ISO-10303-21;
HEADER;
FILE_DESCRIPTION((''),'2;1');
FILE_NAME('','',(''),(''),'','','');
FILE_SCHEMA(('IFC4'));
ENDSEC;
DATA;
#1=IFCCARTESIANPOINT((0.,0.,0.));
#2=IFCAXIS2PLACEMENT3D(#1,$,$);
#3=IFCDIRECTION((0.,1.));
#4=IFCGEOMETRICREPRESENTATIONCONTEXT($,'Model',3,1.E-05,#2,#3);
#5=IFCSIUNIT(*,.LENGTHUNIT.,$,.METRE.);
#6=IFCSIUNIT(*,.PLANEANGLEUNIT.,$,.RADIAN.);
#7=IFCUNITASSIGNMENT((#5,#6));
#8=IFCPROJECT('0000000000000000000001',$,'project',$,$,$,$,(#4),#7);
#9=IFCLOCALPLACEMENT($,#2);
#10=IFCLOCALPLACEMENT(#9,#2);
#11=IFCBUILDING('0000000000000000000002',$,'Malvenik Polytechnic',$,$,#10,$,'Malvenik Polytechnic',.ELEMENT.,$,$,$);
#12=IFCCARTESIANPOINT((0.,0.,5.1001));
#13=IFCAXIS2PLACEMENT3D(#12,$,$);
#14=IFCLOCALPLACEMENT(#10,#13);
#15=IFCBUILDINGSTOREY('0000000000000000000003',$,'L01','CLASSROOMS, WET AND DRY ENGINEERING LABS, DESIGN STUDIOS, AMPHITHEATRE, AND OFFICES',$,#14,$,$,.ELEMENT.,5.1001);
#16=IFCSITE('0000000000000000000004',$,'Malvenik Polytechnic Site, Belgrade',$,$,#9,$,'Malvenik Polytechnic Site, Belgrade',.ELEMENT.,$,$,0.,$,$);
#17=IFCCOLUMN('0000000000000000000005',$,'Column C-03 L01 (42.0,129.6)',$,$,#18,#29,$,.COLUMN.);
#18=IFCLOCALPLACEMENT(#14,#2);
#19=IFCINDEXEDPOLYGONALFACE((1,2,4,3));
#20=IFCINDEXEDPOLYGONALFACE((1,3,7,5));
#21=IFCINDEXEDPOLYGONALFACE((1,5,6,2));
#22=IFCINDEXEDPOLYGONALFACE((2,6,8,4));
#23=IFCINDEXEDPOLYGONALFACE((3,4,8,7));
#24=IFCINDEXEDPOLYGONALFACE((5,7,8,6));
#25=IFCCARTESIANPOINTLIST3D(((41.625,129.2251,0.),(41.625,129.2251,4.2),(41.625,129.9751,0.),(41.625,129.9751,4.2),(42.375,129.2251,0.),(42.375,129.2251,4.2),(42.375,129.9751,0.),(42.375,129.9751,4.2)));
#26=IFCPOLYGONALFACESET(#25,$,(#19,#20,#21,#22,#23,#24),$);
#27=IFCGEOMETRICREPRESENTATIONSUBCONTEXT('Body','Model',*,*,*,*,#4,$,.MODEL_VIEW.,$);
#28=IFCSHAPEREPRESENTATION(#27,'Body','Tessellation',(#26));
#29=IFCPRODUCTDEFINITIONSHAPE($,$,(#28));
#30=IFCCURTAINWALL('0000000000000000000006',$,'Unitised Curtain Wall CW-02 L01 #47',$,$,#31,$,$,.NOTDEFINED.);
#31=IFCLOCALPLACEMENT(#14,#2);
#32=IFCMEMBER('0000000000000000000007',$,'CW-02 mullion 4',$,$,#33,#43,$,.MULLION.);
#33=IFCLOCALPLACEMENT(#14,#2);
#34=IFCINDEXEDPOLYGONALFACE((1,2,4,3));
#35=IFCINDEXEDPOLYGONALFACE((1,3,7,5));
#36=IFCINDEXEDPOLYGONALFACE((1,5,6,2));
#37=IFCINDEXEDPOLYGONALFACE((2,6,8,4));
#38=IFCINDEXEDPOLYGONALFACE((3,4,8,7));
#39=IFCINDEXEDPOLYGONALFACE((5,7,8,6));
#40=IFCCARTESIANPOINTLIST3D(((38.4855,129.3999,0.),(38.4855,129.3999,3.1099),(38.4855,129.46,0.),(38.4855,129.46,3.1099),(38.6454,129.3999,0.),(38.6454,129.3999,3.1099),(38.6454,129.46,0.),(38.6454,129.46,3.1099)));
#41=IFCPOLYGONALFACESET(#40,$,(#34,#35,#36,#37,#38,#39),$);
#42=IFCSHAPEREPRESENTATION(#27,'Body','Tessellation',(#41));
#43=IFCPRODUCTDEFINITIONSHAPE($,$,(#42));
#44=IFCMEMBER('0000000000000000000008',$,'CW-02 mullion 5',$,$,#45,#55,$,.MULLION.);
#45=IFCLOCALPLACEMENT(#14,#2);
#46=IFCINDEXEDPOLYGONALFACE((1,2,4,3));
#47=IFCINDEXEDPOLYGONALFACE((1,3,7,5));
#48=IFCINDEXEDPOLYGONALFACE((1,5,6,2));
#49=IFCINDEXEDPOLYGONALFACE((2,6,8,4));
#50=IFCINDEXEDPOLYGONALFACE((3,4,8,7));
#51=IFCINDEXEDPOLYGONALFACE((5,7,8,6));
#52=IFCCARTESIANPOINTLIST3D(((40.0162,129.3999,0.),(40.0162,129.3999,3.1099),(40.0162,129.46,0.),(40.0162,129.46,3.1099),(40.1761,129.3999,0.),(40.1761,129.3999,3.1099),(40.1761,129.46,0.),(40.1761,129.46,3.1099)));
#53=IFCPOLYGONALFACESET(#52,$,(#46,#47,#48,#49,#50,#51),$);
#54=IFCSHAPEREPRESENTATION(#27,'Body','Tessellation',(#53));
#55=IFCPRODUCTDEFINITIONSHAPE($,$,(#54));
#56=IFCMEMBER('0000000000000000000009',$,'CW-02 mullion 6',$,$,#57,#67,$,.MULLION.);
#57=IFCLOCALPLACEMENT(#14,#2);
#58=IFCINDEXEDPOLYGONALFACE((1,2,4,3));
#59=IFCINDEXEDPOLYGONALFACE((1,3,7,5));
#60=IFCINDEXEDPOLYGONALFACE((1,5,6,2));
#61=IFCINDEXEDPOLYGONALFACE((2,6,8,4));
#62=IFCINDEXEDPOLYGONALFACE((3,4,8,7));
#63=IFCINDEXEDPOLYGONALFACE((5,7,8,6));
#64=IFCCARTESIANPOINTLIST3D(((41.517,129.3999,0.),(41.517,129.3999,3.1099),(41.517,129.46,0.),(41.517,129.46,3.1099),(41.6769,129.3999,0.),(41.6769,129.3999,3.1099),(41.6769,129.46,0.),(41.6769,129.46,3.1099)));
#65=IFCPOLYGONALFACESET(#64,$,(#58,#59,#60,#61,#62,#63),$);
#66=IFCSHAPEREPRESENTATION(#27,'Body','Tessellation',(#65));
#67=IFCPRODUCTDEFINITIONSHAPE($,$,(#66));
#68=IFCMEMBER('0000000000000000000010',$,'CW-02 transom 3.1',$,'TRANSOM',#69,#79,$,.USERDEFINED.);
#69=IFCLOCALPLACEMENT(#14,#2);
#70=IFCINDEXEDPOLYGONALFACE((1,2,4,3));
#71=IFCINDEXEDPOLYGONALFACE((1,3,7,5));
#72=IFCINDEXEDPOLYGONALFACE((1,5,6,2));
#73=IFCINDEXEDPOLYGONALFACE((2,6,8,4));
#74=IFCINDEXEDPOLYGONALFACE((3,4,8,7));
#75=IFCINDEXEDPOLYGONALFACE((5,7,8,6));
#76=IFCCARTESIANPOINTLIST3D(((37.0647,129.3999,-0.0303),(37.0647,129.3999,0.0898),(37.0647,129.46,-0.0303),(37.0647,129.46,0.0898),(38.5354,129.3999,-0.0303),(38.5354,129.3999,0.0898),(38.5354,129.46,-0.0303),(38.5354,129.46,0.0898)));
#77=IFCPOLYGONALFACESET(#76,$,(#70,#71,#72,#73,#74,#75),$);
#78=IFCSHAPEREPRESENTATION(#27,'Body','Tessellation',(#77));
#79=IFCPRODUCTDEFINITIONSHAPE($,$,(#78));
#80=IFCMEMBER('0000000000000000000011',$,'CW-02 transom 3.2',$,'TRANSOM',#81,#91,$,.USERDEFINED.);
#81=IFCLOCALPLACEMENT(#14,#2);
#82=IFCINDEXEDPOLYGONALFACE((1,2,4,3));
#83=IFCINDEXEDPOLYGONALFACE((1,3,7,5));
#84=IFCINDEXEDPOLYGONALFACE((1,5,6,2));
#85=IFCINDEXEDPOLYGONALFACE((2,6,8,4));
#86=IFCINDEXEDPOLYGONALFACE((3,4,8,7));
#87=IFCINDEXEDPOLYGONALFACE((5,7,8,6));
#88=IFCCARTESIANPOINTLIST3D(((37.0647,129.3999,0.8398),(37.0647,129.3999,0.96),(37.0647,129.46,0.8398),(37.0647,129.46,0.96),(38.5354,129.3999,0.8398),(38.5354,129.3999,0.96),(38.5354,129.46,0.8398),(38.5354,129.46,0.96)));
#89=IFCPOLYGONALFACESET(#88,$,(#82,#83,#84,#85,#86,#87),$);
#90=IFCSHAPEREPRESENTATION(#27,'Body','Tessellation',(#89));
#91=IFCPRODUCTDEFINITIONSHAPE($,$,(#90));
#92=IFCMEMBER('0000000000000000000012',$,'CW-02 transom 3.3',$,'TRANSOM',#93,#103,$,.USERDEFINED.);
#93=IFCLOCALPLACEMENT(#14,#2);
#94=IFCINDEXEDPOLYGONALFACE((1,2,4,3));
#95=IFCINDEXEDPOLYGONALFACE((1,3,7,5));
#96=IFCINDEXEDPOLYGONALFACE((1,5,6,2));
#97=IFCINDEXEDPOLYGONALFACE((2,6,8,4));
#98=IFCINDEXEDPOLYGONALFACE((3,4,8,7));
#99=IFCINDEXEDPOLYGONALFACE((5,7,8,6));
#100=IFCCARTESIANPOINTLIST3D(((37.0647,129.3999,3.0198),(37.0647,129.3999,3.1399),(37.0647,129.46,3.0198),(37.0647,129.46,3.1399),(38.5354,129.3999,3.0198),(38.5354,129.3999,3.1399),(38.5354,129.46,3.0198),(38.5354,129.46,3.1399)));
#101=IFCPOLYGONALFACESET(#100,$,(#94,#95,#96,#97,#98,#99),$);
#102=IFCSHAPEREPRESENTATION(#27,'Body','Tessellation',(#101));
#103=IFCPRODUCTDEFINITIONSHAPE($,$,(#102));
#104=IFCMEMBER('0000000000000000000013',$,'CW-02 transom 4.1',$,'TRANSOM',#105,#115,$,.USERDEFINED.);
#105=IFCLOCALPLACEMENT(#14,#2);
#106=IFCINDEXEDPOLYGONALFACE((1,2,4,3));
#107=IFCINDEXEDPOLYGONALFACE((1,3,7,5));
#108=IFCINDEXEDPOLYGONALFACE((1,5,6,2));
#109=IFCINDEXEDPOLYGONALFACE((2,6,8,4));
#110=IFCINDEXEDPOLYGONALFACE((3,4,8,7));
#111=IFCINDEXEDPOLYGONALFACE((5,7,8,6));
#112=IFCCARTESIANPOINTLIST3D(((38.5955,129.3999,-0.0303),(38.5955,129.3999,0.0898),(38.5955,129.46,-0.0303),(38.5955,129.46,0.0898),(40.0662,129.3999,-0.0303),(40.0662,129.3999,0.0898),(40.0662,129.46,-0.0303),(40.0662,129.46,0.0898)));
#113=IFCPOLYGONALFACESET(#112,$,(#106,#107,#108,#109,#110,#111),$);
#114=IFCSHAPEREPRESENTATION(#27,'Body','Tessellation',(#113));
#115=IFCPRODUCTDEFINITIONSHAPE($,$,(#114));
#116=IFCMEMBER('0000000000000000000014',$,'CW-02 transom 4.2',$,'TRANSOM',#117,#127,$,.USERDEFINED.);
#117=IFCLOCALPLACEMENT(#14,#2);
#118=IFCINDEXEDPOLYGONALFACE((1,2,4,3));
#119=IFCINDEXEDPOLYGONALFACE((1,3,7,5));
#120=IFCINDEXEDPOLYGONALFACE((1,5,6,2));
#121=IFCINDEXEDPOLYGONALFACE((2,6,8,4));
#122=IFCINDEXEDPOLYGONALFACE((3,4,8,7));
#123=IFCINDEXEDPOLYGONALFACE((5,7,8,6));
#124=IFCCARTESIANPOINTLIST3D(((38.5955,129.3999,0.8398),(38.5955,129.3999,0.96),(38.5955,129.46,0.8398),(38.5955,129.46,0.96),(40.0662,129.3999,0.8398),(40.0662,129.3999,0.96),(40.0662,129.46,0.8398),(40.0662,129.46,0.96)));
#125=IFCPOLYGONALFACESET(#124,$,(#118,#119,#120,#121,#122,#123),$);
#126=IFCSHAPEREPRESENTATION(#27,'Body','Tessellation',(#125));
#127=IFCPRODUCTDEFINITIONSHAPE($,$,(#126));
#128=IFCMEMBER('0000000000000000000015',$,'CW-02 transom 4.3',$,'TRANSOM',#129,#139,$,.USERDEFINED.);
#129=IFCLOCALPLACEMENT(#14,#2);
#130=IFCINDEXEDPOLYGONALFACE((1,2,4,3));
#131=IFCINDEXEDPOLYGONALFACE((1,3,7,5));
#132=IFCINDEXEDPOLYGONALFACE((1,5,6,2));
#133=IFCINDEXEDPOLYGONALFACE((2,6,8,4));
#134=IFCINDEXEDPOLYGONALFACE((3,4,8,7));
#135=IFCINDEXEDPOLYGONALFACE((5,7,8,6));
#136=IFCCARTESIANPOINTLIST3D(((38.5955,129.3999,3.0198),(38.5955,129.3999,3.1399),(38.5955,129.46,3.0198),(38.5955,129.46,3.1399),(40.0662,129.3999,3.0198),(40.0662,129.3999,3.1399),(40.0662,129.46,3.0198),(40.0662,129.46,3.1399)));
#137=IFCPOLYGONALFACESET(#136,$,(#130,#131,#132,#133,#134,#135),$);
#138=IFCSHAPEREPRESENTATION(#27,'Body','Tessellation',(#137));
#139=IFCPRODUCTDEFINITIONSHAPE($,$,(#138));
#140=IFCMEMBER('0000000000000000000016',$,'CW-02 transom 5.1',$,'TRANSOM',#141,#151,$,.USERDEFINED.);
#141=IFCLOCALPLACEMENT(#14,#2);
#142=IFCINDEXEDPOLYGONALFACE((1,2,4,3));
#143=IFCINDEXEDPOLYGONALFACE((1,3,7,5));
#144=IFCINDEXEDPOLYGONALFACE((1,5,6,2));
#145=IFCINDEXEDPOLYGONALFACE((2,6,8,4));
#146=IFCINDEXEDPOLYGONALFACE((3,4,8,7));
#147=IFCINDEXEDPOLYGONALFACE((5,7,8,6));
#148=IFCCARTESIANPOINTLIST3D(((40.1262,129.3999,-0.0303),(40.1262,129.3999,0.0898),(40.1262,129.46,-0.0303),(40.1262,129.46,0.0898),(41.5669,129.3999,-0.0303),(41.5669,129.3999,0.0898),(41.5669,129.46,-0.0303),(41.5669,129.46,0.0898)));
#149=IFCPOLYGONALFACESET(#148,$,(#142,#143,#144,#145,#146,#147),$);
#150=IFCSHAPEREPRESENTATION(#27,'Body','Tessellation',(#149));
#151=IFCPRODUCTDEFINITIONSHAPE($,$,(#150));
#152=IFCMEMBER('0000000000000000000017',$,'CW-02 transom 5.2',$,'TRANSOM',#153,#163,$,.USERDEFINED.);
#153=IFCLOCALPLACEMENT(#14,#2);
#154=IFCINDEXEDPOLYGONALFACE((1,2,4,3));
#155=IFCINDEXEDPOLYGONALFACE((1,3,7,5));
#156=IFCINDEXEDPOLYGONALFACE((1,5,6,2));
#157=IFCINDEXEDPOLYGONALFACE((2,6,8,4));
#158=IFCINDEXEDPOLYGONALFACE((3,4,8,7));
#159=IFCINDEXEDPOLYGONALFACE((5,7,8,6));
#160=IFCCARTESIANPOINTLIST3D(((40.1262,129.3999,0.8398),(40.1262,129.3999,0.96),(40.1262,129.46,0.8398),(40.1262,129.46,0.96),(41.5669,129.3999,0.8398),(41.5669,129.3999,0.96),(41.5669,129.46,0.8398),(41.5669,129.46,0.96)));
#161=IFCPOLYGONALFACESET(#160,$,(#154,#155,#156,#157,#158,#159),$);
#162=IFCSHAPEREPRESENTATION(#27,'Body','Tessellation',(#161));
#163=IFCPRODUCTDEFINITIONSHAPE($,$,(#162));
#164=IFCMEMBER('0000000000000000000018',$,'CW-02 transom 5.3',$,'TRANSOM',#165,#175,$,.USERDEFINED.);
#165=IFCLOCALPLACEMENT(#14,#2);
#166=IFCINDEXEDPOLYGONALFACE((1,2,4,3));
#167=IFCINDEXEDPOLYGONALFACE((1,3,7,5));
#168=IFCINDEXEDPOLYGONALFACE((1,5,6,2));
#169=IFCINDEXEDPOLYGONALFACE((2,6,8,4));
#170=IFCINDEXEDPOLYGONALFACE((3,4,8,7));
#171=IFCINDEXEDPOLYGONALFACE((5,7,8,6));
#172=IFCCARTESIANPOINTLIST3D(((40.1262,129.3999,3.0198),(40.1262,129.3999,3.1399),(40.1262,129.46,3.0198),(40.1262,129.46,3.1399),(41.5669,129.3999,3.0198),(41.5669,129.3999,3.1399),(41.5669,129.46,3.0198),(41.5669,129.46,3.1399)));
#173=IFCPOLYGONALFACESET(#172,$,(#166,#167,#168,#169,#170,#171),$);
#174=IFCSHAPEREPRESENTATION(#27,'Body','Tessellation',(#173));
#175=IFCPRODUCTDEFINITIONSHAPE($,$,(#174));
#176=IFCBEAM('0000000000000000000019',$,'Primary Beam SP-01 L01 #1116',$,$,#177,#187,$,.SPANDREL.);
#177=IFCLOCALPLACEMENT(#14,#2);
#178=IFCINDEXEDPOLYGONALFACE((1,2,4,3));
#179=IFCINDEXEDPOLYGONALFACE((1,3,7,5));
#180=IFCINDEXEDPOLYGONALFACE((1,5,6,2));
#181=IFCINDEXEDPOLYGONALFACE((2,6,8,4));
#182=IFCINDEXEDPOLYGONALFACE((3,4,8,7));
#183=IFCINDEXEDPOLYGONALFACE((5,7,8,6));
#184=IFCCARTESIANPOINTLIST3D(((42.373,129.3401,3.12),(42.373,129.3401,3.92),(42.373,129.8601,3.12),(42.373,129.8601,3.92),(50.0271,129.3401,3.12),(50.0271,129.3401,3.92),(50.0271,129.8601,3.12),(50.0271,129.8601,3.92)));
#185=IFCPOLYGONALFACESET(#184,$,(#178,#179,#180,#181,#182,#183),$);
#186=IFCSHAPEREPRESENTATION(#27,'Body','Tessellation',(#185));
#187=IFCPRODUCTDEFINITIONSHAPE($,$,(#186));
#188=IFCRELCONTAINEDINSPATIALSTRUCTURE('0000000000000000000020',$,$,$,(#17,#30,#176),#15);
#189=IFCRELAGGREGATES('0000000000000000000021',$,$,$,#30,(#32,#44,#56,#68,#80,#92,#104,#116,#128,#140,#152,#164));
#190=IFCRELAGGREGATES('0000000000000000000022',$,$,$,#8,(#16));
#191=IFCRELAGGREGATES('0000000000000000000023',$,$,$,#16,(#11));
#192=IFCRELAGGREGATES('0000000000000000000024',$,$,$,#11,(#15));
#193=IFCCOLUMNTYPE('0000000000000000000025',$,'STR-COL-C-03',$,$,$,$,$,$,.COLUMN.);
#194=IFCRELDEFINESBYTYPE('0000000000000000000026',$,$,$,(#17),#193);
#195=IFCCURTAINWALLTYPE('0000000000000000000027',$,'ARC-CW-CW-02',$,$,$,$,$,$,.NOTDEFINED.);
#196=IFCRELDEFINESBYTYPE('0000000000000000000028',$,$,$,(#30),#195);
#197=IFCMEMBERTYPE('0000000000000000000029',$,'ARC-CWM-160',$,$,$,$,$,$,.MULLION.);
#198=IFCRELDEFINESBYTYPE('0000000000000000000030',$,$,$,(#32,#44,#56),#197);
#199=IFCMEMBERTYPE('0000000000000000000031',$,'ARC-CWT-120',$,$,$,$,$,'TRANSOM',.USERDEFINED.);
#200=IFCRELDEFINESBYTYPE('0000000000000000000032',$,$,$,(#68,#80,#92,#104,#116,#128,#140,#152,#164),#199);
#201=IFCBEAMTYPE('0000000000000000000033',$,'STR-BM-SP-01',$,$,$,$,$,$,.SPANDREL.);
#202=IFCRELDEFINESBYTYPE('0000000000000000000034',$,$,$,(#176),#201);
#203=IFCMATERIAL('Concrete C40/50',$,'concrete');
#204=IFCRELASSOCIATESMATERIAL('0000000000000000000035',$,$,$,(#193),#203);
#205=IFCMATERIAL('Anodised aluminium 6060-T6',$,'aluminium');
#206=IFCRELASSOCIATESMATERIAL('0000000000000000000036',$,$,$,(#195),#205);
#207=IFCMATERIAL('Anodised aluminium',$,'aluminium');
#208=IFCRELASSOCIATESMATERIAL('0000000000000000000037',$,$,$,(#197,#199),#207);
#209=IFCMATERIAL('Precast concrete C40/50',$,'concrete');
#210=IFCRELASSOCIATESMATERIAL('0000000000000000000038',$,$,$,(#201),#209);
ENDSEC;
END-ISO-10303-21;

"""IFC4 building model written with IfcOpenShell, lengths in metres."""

from ifc_helpers import new_model, si_unit, direction, frame, origin, origin_2d, place, context, subcontext, project, spatial, rectangle, extrude, material, material_profile, profile_set, type_object, element, aggregate, save


model = new_model("IFC4")

# Units and contexts
model_context = context("Model", 3, precision=1e-05, world=origin(), true_north=direction((0.0, 1.0)))
body_context = subcontext(model_context, "Body", "Model", "MODEL_VIEW")
ifc_project = project(units=[si_unit("LENGTHUNIT", "METRE"), si_unit("PLANEANGLEUNIT", "RADIAN")], contexts=[model_context])

# Site, building, storey
site_placement = place(None, origin())
site = spatial("IfcSite", under=ifc_project, at=site_placement, Name="Malvenik Polytechnic Site, Belgrade", LongName="Malvenik Polytechnic Site, Belgrade", CompositionType="ELEMENT", RefElevation=0.0)
building_placement = place(site_placement, origin())
building = spatial("IfcBuilding", under=site, at=building_placement, Name="Malvenik Polytechnic", LongName="Malvenik Polytechnic", CompositionType="ELEMENT")
storey_placement = place(building_placement, frame((0.0, 0.0, 5.1001)))
storey = spatial("IfcBuildingStorey", under=building, at=storey_placement, Name="L01", Description="CLASSROOMS, WET AND DRY ENGINEERING LABS, DESIGN STUDIOS, AMPHITHEATRE, AND OFFICES", CompositionType="ELEMENT", Elevation=5.1001)

# Column
ifc_material_1 = material(Name="Concrete C40/50", Category="concrete")
ifc_material_profile_1 = material_profile(ifc_material_1, rectangle(XDim=0.75, YDim=0.75, at=origin_2d()), Name="RC COL 750x750")
ifc_profile_set_1 = profile_set([ifc_material_profile_1], Name="Concrete C40/50")
column_type = type_object("IfcColumnType", Name="STR-COL-C-03", PredefinedType="COLUMN", material=ifc_profile_set_1)
column_placement = place(storey_placement, frame((42.0, 129.6001, 0.0), z_axis=(0.0, 0.0, 1.0), x_axis=(1.0, 0.0, 0.0)))
element("IfcColumn", 1, at=column_placement, inside=storey, type_object=column_type, Name="Column C-03 L01 (42.0,129.6)", PredefinedType="COLUMN", context=body_context, shape_type="SweptSolid", body=[
    extrude(rectangle(XDim=0.75, YDim=0.75, at=origin_2d()), origin(), (0.0, 0.0, 1.0), 4.2),
])

# Curtain wall, members
ifc_material_2 = material(Name="Anodised aluminium 6060-T6", Category="aluminium")
curtain_wall_type = type_object("IfcCurtainWallType", Name="ARC-CW-CW-02", PredefinedType="NOTDEFINED", material=ifc_material_2)
curtain_wall_placement = place(storey_placement, origin())
curtain_wall = element("IfcCurtainWall", 2, at=curtain_wall_placement, inside=storey, type_object=curtain_wall_type, Name="Unitised Curtain Wall CW-02 L01 #47", PredefinedType="NOTDEFINED")
ifc_material_3 = material(Name="Anodised aluminium", Category="aluminium")
ifc_material_profile_2 = material_profile(ifc_material_3, rectangle(XDim=0.0601, YDim=0.1599, at=origin_2d()), Name="ALU MULLION 60x160")
ifc_profile_set_2 = profile_set([ifc_material_profile_2], Name="Anodised aluminium")
member_type_1 = type_object("IfcMemberType", Name="ARC-CWM-160", PredefinedType="MULLION", material=ifc_profile_set_2)
member_1_placement = place(storey_placement, frame((38.5654, 129.4299, 0.0), z_axis=(0.0, 0.0, 1.0), x_axis=(0.0, 1.0, 0.0)))
member_1 = element("IfcMember", 3, at=member_1_placement, type_object=member_type_1, Name="CW-02 mullion 4", PredefinedType="MULLION", context=body_context, shape_type="SweptSolid", body=[
    extrude(rectangle(XDim=0.0601, YDim=0.1599, at=origin_2d()), origin(), (0.0, 0.0, 1.0), 3.1099),
])
member_2_placement = place(storey_placement, frame((40.0962, 129.4299, 0.0), z_axis=(0.0, 0.0, 1.0), x_axis=(0.0, 1.0, 0.0)))
member_2 = element("IfcMember", 4, at=member_2_placement, type_object=member_type_1, Name="CW-02 mullion 5", PredefinedType="MULLION", context=body_context, shape_type="SweptSolid", body=[
    extrude(rectangle(XDim=0.0601, YDim=0.1599, at=origin_2d()), origin(), (0.0, 0.0, 1.0), 3.1099),
])
member_3_placement = place(storey_placement, frame((41.5969, 129.4299, 0.0), z_axis=(0.0, 0.0, 1.0), x_axis=(0.0, 1.0, 0.0)))
member_3 = element("IfcMember", 5, at=member_3_placement, type_object=member_type_1, Name="CW-02 mullion 6", PredefinedType="MULLION", context=body_context, shape_type="SweptSolid", body=[
    extrude(rectangle(XDim=0.0601, YDim=0.1599, at=origin_2d()), origin(), (0.0, 0.0, 1.0), 3.1099),
])
ifc_material_profile_3 = material_profile(ifc_material_3, rectangle(XDim=0.0601, YDim=0.1201, at=origin_2d()), Name="ALU TRANSOM 60x120")
ifc_profile_set_3 = profile_set([ifc_material_profile_3], Name="Anodised aluminium")
member_type_2 = type_object("IfcMemberType", Name="ARC-CWT-120", ElementType="TRANSOM", PredefinedType="USERDEFINED", material=ifc_profile_set_3)
member_4_placement = place(storey_placement, frame((37.0647, 129.4299, 0.0298), z_axis=(1.0, 0.0, 0.0), x_axis=(0.0, 1.0, 0.0)))
member_4 = element("IfcMember", 6, at=member_4_placement, type_object=member_type_2, Name="CW-02 transom 3.1", ObjectType="TRANSOM", PredefinedType="USERDEFINED", context=body_context, shape_type="SweptSolid", body=[
    extrude(rectangle(XDim=0.0601, YDim=0.1201, at=origin_2d()), origin(), (0.0, 0.0, 1.0), 1.4707),
])
member_5_placement = place(storey_placement, frame((37.0647, 129.4299, 0.8999), z_axis=(1.0, 0.0, 0.0), x_axis=(0.0, 1.0, 0.0)))
member_5 = element("IfcMember", 7, at=member_5_placement, type_object=member_type_2, Name="CW-02 transom 3.2", ObjectType="TRANSOM", PredefinedType="USERDEFINED", context=body_context, shape_type="SweptSolid", body=[
    extrude(rectangle(XDim=0.0601, YDim=0.1201, at=origin_2d()), origin(), (0.0, 0.0, 1.0), 1.4707),
])
member_6_placement = place(storey_placement, frame((37.0647, 129.4299, 3.0798), z_axis=(1.0, 0.0, 0.0), x_axis=(0.0, 1.0, 0.0)))
member_6 = element("IfcMember", 8, at=member_6_placement, type_object=member_type_2, Name="CW-02 transom 3.3", ObjectType="TRANSOM", PredefinedType="USERDEFINED", context=body_context, shape_type="SweptSolid", body=[
    extrude(rectangle(XDim=0.0601, YDim=0.1201, at=origin_2d()), origin(), (0.0, 0.0, 1.0), 1.4707),
])
member_7_placement = place(storey_placement, frame((38.5955, 129.4299, 0.0298), z_axis=(1.0, 0.0, 0.0), x_axis=(0.0, 1.0, 0.0)))
member_7 = element("IfcMember", 9, at=member_7_placement, type_object=member_type_2, Name="CW-02 transom 4.1", ObjectType="TRANSOM", PredefinedType="USERDEFINED", context=body_context, shape_type="SweptSolid", body=[
    extrude(rectangle(XDim=0.0601, YDim=0.1201, at=origin_2d()), origin(), (0.0, 0.0, 1.0), 1.4707),
])
member_8_placement = place(storey_placement, frame((38.5955, 129.4299, 0.8999), z_axis=(1.0, 0.0, 0.0), x_axis=(0.0, 1.0, 0.0)))
member_8 = element("IfcMember", 10, at=member_8_placement, type_object=member_type_2, Name="CW-02 transom 4.2", ObjectType="TRANSOM", PredefinedType="USERDEFINED", context=body_context, shape_type="SweptSolid", body=[
    extrude(rectangle(XDim=0.0601, YDim=0.1201, at=origin_2d()), origin(), (0.0, 0.0, 1.0), 1.4707),
])
member_9_placement = place(storey_placement, frame((38.5955, 129.4299, 3.0798), z_axis=(1.0, 0.0, 0.0), x_axis=(0.0, 1.0, 0.0)))
member_9 = element("IfcMember", 11, at=member_9_placement, type_object=member_type_2, Name="CW-02 transom 4.3", ObjectType="TRANSOM", PredefinedType="USERDEFINED", context=body_context, shape_type="SweptSolid", body=[
    extrude(rectangle(XDim=0.0601, YDim=0.1201, at=origin_2d()), origin(), (0.0, 0.0, 1.0), 1.4707),
])
member_10_placement = place(storey_placement, frame((40.1262, 129.4299, 0.0298), z_axis=(1.0, 0.0, 0.0), x_axis=(0.0, 1.0, 0.0)))
member_10 = element("IfcMember", 12, at=member_10_placement, type_object=member_type_2, Name="CW-02 transom 5.1", ObjectType="TRANSOM", PredefinedType="USERDEFINED", context=body_context, shape_type="SweptSolid", body=[
    extrude(rectangle(XDim=0.0601, YDim=0.1201, at=origin_2d()), origin(), (0.0, 0.0, 1.0), 1.4407),
])
member_11_placement = place(storey_placement, frame((40.1262, 129.4299, 0.8999), z_axis=(1.0, 0.0, 0.0), x_axis=(0.0, 1.0, 0.0)))
member_11 = element("IfcMember", 13, at=member_11_placement, type_object=member_type_2, Name="CW-02 transom 5.2", ObjectType="TRANSOM", PredefinedType="USERDEFINED", context=body_context, shape_type="SweptSolid", body=[
    extrude(rectangle(XDim=0.0601, YDim=0.1201, at=origin_2d()), origin(), (0.0, 0.0, 1.0), 1.4407),
])
member_12_placement = place(storey_placement, frame((40.1262, 129.4299, 3.0798), z_axis=(1.0, 0.0, 0.0), x_axis=(0.0, 1.0, 0.0)))
member_12 = element("IfcMember", 14, at=member_12_placement, type_object=member_type_2, Name="CW-02 transom 5.3", ObjectType="TRANSOM", PredefinedType="USERDEFINED", context=body_context, shape_type="SweptSolid", body=[
    extrude(rectangle(XDim=0.0601, YDim=0.1201, at=origin_2d()), origin(), (0.0, 0.0, 1.0), 1.4407),
])

# Beam
ifc_material_4 = material(Name="Precast concrete C40/50", Category="concrete")
ifc_material_profile_4 = material_profile(ifc_material_4, rectangle(XDim=0.52, YDim=0.8, at=origin_2d()), Name="PC SPN 520x800")
ifc_profile_set_4 = profile_set([ifc_material_profile_4], Name="Precast concrete C40/50")
beam_type = type_object("IfcBeamType", Name="STR-BM-SP-01", PredefinedType="SPANDREL", material=ifc_profile_set_4)
beam_placement = place(storey_placement, frame((42.373, 129.6001, 3.52), z_axis=(1.0, 0.0, 0.0), x_axis=(0.0, 1.0, 0.0)))
element("IfcBeam", 15, at=beam_placement, inside=storey, type_object=beam_type, Name="Primary Beam SP-01 L01 #1116", PredefinedType="SPANDREL", context=body_context, shape_type="SweptSolid", body=[
    extrude(rectangle(XDim=0.52, YDim=0.8, at=origin_2d()), origin(), (0.0, 0.0, 1.0), 7.6541),
])

aggregate(curtain_wall, [member_1, member_2, member_3, member_4, member_5, member_6, member_7, member_8, member_9, member_10, member_11, member_12])

save(model, "model.ifc")
